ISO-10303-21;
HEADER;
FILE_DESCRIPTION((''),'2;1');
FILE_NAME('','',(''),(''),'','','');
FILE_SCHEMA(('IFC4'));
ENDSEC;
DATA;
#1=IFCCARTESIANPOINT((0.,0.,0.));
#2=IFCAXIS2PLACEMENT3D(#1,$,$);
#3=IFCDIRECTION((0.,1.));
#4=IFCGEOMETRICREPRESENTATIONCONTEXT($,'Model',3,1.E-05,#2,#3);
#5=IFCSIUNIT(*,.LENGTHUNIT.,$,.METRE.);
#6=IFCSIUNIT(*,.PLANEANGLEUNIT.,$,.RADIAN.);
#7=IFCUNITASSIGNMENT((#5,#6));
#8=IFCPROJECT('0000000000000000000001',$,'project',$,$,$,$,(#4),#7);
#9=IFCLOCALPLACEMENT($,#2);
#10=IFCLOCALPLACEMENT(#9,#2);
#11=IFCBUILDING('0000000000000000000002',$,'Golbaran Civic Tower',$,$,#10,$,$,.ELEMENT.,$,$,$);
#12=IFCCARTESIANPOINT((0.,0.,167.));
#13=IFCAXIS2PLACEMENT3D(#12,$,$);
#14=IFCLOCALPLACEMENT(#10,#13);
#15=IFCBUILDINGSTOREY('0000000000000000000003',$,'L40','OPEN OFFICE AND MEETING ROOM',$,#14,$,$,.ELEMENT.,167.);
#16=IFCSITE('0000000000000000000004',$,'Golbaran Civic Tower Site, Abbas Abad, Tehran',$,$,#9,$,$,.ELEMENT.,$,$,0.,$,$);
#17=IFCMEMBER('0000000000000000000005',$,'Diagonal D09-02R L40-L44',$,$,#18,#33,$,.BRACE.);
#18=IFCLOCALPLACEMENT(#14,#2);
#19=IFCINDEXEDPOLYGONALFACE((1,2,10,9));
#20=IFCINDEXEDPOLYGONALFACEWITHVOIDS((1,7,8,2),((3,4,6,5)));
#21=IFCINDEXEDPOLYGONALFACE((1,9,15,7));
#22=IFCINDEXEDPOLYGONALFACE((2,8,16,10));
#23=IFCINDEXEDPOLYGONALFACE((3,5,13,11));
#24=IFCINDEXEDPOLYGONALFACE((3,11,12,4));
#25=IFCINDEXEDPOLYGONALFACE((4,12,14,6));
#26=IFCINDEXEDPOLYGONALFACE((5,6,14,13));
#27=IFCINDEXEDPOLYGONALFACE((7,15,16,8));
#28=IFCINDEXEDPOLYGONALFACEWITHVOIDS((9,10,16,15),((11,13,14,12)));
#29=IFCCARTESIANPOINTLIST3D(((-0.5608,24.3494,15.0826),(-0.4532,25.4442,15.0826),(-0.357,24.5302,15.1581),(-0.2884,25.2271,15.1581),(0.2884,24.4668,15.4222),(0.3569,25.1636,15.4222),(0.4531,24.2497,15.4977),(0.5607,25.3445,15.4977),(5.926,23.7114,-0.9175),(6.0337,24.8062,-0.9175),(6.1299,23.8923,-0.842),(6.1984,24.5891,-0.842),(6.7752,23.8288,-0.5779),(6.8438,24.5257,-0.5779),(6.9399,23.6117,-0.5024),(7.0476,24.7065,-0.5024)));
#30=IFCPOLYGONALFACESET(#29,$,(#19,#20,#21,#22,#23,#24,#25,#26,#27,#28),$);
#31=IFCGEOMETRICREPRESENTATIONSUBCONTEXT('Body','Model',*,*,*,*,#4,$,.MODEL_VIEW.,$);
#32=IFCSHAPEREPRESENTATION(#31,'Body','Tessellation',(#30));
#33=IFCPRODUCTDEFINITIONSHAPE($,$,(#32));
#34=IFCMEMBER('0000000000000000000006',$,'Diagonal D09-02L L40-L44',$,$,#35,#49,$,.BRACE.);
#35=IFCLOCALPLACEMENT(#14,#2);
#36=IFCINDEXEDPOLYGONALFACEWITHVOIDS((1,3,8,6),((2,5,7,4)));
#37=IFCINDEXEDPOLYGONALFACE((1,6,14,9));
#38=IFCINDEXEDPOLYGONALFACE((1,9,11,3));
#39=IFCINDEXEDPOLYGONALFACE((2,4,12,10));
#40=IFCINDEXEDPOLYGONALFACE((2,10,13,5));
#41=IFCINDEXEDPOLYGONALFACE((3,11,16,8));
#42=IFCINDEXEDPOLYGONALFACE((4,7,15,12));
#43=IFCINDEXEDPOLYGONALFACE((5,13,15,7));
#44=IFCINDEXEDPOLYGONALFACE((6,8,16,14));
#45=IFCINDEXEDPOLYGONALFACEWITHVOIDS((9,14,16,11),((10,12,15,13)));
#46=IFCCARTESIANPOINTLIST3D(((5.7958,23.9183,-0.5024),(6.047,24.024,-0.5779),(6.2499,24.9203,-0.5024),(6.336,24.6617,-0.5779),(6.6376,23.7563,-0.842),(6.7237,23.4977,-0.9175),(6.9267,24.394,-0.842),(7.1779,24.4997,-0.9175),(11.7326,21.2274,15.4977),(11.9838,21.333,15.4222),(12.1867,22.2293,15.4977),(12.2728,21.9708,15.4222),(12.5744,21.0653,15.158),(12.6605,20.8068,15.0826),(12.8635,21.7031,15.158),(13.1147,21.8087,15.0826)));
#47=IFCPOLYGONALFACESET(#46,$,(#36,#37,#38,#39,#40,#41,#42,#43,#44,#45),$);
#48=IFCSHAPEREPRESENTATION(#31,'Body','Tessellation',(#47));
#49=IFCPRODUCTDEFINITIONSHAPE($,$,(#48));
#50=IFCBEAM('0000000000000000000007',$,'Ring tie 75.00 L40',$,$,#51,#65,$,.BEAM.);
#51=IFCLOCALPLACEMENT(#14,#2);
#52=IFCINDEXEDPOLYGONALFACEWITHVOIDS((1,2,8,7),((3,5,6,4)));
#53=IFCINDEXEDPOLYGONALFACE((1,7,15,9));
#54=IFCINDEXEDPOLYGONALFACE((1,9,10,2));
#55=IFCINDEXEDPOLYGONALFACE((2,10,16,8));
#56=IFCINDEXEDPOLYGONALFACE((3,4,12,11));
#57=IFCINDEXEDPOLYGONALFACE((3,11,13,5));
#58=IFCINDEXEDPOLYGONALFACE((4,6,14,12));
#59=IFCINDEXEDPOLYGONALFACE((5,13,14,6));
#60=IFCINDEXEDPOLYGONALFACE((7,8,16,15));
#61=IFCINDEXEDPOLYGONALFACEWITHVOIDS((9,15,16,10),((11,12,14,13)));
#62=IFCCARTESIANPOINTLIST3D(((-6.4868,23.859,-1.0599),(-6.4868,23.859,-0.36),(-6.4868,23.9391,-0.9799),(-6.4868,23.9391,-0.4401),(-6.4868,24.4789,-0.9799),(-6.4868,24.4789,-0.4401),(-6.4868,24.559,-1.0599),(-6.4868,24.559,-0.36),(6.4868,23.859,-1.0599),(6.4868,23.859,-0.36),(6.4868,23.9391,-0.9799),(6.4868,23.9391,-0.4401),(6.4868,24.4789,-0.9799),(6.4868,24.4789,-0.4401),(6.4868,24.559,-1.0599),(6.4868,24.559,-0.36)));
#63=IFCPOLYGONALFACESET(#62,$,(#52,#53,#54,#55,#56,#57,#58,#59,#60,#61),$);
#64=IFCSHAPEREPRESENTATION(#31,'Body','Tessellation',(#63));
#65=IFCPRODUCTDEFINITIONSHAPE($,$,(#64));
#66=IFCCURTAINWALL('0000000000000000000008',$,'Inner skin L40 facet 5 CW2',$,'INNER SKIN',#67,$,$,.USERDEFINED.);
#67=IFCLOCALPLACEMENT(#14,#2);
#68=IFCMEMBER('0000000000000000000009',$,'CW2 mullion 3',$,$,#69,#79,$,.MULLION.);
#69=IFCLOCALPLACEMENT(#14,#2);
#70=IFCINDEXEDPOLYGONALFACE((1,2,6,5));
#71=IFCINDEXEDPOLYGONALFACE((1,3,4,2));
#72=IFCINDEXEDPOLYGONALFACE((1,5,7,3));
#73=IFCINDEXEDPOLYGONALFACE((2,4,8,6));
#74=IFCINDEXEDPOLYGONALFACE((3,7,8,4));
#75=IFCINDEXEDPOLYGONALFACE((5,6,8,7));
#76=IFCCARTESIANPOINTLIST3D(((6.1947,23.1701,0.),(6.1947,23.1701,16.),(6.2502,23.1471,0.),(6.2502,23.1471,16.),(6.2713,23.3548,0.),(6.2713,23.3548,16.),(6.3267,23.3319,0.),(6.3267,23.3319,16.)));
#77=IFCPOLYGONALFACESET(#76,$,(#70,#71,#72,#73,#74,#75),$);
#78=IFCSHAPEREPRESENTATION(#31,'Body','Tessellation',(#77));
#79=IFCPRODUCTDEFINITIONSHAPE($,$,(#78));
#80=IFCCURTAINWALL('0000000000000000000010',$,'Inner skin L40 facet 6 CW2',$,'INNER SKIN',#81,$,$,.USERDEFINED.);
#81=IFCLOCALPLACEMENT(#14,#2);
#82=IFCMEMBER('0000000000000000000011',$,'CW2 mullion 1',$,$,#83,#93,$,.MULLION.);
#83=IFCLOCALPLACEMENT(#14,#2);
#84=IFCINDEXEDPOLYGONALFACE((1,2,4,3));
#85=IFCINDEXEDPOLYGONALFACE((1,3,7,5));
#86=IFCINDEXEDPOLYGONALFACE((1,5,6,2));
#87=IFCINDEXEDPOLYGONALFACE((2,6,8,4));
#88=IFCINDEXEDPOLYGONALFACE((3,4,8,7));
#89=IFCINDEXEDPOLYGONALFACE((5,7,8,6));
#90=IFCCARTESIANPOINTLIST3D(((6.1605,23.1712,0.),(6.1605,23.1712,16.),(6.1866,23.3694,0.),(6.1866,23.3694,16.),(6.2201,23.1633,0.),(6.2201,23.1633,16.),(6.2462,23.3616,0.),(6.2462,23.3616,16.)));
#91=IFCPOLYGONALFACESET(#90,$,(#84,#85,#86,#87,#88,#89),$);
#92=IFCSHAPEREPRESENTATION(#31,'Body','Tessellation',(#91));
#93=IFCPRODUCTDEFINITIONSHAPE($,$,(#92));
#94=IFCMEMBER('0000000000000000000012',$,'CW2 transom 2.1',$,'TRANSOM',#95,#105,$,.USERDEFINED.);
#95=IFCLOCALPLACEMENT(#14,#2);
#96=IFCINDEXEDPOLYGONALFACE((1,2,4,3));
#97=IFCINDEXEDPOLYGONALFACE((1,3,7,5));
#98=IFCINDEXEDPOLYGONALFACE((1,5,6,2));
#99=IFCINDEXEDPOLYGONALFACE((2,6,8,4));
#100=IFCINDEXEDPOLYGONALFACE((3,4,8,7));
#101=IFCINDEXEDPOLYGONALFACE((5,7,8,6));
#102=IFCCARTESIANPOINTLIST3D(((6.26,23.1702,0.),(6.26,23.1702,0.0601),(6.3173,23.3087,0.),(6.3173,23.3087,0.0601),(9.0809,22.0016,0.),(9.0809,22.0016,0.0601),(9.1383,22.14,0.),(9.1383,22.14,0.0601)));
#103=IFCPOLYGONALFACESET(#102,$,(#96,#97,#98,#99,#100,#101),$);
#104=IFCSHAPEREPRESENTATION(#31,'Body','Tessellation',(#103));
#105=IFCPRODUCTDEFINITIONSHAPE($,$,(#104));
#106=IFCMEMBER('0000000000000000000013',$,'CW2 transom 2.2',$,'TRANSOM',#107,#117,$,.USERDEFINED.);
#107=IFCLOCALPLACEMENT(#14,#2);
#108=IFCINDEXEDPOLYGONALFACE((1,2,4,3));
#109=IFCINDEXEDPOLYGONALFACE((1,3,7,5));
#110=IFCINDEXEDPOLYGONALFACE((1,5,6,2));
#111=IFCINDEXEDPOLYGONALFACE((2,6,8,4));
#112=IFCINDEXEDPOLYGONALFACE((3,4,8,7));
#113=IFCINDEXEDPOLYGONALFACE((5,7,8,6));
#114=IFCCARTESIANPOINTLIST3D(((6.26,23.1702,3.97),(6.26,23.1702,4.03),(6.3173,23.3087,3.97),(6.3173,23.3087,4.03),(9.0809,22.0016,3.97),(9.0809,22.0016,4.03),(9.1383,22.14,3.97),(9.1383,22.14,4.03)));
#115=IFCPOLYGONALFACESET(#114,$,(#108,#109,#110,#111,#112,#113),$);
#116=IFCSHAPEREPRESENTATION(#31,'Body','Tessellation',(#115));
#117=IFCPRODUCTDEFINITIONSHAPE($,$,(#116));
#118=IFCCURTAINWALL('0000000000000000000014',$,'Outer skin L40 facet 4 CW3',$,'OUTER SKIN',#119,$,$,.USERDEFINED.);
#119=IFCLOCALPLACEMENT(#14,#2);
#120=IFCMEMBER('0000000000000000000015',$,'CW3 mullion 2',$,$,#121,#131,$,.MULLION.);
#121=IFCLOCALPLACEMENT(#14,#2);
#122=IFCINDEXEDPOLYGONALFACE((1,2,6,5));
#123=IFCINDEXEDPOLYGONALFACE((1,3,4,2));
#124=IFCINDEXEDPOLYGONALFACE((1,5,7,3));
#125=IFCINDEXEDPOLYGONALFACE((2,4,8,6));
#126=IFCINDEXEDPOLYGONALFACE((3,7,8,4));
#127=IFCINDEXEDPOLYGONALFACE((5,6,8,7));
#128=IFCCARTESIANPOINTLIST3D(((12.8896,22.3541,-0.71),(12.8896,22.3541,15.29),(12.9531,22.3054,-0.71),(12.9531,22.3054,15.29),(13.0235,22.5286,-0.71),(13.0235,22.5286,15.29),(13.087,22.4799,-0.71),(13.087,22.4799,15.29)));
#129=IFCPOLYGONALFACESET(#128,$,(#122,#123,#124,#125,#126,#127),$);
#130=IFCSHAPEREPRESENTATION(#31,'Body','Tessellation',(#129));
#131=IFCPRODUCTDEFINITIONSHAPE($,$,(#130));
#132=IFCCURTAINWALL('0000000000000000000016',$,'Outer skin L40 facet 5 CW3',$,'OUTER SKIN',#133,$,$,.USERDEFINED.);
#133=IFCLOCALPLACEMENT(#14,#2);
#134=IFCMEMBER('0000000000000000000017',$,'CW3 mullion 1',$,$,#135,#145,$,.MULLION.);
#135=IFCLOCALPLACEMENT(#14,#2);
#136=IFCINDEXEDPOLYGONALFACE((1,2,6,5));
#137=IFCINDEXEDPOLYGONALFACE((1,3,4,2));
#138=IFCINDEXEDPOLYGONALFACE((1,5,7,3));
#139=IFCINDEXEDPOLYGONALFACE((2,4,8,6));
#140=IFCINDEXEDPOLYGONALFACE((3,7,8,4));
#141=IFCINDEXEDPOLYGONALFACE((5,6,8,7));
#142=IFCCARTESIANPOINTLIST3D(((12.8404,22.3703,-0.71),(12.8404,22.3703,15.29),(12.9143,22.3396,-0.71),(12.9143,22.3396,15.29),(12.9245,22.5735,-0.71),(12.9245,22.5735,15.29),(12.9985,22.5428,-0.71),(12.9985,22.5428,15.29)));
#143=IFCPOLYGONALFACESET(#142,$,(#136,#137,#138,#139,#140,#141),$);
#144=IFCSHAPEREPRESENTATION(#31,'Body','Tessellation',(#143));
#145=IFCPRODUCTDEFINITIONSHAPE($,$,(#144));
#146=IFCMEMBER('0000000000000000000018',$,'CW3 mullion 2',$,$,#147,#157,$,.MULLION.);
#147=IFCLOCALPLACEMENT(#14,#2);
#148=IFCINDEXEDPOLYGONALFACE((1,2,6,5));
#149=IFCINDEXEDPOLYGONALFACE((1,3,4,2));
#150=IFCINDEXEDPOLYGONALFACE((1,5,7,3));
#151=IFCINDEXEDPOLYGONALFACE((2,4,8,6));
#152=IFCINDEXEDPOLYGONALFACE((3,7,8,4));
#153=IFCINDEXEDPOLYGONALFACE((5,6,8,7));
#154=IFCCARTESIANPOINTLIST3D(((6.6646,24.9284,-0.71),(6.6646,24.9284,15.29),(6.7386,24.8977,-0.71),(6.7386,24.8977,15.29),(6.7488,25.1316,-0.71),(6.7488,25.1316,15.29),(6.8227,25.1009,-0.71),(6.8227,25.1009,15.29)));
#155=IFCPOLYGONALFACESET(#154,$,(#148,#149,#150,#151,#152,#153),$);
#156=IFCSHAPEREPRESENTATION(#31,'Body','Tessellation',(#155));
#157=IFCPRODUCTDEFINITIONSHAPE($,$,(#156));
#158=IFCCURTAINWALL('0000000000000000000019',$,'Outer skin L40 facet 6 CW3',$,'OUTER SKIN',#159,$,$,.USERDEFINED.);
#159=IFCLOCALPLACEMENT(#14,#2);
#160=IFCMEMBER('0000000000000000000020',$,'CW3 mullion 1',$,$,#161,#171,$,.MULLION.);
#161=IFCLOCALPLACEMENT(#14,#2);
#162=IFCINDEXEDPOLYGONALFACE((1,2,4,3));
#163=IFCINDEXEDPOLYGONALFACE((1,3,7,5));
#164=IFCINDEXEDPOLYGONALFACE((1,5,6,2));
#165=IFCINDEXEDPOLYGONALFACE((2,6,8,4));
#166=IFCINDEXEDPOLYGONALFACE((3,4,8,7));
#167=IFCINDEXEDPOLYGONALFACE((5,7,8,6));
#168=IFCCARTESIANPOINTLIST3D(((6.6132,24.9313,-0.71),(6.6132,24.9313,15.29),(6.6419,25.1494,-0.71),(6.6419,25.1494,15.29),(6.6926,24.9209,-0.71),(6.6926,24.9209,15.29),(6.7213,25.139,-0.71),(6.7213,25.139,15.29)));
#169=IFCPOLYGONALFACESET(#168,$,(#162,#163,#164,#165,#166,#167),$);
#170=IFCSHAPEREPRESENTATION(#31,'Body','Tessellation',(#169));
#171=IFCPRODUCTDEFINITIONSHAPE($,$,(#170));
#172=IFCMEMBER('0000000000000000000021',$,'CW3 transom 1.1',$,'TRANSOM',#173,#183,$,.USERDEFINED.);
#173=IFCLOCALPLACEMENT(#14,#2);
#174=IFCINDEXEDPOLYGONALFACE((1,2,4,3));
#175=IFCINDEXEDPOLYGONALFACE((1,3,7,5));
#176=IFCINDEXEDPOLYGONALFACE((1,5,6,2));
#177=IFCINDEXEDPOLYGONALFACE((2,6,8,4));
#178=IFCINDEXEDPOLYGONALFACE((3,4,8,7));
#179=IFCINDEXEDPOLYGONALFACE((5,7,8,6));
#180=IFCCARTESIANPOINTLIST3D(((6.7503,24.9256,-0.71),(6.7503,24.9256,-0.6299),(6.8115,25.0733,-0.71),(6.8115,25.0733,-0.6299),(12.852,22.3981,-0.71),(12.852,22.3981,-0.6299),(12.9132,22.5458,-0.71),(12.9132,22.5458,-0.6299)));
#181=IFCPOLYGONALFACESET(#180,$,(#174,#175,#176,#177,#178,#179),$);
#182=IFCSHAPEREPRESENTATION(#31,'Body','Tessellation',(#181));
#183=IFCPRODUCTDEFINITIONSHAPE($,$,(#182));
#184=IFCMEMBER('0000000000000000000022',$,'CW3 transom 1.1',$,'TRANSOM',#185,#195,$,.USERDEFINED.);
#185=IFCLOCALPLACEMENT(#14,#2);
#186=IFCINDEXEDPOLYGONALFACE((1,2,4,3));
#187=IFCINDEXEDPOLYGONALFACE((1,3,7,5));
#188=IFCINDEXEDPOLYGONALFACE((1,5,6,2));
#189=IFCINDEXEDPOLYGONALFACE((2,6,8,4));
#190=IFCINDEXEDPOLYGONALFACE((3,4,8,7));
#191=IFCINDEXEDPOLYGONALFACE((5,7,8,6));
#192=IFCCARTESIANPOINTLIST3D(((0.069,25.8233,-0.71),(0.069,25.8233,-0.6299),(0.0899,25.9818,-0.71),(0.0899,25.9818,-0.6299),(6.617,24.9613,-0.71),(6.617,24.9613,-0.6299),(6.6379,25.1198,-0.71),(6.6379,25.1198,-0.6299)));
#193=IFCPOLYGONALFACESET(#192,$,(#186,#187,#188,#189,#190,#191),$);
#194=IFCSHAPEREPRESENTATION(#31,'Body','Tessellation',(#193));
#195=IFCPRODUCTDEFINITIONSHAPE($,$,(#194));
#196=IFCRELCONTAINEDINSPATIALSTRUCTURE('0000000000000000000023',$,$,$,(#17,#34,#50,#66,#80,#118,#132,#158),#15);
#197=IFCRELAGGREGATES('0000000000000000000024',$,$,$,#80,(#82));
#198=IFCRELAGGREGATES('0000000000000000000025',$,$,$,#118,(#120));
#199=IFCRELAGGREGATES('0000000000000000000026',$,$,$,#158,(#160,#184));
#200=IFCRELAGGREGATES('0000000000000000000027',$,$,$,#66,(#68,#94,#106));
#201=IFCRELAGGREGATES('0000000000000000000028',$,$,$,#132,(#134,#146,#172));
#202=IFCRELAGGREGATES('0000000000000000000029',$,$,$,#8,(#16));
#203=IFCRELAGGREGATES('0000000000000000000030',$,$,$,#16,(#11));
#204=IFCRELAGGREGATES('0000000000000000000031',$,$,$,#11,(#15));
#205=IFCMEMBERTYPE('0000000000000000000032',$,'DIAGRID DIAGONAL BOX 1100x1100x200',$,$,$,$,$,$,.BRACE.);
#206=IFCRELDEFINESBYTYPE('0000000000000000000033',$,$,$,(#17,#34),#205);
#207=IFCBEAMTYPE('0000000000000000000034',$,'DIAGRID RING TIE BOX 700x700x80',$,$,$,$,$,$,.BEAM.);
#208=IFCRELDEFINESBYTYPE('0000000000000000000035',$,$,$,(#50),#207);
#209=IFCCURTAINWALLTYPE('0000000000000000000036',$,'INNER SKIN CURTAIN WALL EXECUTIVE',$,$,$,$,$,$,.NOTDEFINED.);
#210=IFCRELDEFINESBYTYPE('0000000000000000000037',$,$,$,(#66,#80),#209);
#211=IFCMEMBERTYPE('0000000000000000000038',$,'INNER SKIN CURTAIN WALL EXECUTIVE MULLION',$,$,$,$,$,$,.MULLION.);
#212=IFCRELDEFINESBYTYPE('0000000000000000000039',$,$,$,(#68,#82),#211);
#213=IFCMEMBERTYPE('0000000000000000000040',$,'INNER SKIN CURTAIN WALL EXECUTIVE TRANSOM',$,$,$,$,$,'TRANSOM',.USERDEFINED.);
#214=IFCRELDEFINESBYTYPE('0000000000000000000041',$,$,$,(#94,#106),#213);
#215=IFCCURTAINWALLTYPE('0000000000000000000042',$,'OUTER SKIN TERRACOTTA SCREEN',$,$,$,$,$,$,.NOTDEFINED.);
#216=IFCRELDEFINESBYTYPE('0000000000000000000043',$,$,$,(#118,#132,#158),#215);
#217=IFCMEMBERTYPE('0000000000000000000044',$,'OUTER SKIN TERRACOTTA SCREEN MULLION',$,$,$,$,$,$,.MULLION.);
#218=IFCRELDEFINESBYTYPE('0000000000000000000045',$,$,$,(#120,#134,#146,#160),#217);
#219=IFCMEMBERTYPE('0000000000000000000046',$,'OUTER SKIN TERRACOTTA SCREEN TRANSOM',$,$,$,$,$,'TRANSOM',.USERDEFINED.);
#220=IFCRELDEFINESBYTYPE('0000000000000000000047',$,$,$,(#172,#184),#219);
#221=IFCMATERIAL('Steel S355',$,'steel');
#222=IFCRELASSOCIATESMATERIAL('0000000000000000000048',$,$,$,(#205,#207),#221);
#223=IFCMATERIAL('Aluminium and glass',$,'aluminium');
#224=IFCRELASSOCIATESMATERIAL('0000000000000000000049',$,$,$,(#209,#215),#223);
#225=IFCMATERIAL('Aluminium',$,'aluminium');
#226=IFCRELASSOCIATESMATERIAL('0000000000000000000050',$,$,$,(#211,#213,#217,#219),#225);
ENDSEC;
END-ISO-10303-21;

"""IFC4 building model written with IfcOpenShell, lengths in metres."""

from ifc_helpers import new_model, si_unit, direction, frame, origin, origin_2d, place, context, subcontext, project, spatial, rectangle, hollow_rectangle, extrude, material, material_profile, profile_set, type_object, element, aggregate, save


model = new_model("IFC4")

# Units and contexts
model_context = context("Model", 3, precision=1e-05, world=origin(), true_north=direction((0.0, 1.0)))
body_context = subcontext(model_context, "Body", "Model", "MODEL_VIEW")
ifc_project = project(units=[si_unit("LENGTHUNIT", "METRE"), si_unit("PLANEANGLEUNIT", "RADIAN")], contexts=[model_context])

# Site, building, storey
site_placement = place(None, origin())
site = spatial("IfcSite", under=ifc_project, at=site_placement, Name="Golbaran Civic Tower Site, Abbas Abad, Tehran", CompositionType="ELEMENT", RefElevation=0.0)
building_placement = place(site_placement, origin())
building = spatial("IfcBuilding", under=site, at=building_placement, Name="Golbaran Civic Tower", CompositionType="ELEMENT")
storey_placement = place(building_placement, frame((0.0, 0.0, 167.0)))
storey = spatial("IfcBuildingStorey", under=building, at=storey_placement, Name="L40", Description="OPEN OFFICE AND MEETING ROOM", CompositionType="ELEMENT", Elevation=167.0)

# Members
ifc_material_1 = material(Name="Steel S355", Category="steel")
ifc_material_profile_1 = material_profile(ifc_material_1, hollow_rectangle(XDim=1.1001, YDim=1.1001, WallThickness=0.2, at=origin_2d()), Name="BOX 1100x1100x200")
ifc_profile_set_1 = profile_set([ifc_material_profile_1], Name="Steel S355")
member_type_1 = type_object("IfcMemberType", Name="DIAGRID DIAGONAL BOX 1100x1100x200", PredefinedType="BRACE", material=ifc_profile_set_1)
for number, where, z_axis, x_axis, name in (
    (1, (6.4868, 24.209, -0.71), (-0.375465, 0.036925, 0.926101), (-0.097872, -0.995199, 0.0), "Diagonal D09-02R L40-L44"),
    (2, (6.4868, 24.209, -0.71), (0.343627, -0.155754, 0.9261), (0.412835, 0.910806, 0.0), "Diagonal D09-02L L40-L44"),
):
    element("IfcMember", number, at=place(storey_placement, frame(where, z_axis=z_axis, x_axis=x_axis)), inside=storey, type_object=member_type_1, Name=name, PredefinedType="BRACE", context=body_context, shape_type="SweptSolid", body=[
        extrude(hollow_rectangle(XDim=1.1001, YDim=1.1001, WallThickness=0.2, at=origin_2d()), origin(), (0.0, 0.0, 1.0), 17.2769),
    ])

# Beam
ifc_material_profile_2 = material_profile(ifc_material_1, hollow_rectangle(XDim=0.7, YDim=0.7, WallThickness=0.0801, at=origin_2d()), Name="BOX 700x700x80")
ifc_profile_set_2 = profile_set([ifc_material_profile_2], Name="Steel S355")
beam_type = type_object("IfcBeamType", Name="DIAGRID RING TIE BOX 700x700x80", PredefinedType="BEAM", material=ifc_profile_set_2)
beam_placement = place(storey_placement, frame((6.4868, 24.209, -0.71), z_axis=(-1.0, 0.0, 0.0), x_axis=(0.0, -1.0, 0.0)))
element("IfcBeam", 3, at=beam_placement, inside=storey, type_object=beam_type, Name="Ring tie 75.00 L40", PredefinedType="BEAM", context=body_context, shape_type="SweptSolid", body=[
    extrude(hollow_rectangle(XDim=0.7, YDim=0.7, WallThickness=0.0801, at=origin_2d()), origin(), (0.0, 0.0, 1.0), 12.9736),
])

# Curtain walls, members
ifc_material_2 = material(Name="Aluminium and glass", Category="aluminium")
curtain_wall_type_1 = type_object("IfcCurtainWallType", Name="INNER SKIN CURTAIN WALL EXECUTIVE", PredefinedType="NOTDEFINED", material=ifc_material_2)
curtain_wall_1_placement = place(storey_placement, origin())
curtain_wall_1 = element("IfcCurtainWall", 4, at=curtain_wall_1_placement, inside=storey, type_object=curtain_wall_type_1, Name="Inner skin L40 facet 5 CW2", ObjectType="INNER SKIN", PredefinedType="USERDEFINED")
ifc_material_3 = material(Name="Aluminium", Category="aluminium")
ifc_material_profile_3 = material_profile(ifc_material_3, rectangle(XDim=0.2, YDim=0.0601, at=origin_2d()), Name="INNER SKIN CURTAIN WALL EXECUTIVE MULLION")
ifc_profile_set_3 = profile_set([ifc_material_profile_3], Name="Aluminium")
member_type_2 = type_object("IfcMemberType", Name="INNER SKIN CURTAIN WALL EXECUTIVE MULLION", PredefinedType="MULLION", material=ifc_profile_set_3)
member_1_placement = place(storey_placement, frame((6.2607, 23.251, 0.0), z_axis=(0.0, 0.0, 1.0), x_axis=(-0.382683, -0.92388, 0.0)))
member_1 = element("IfcMember", 5, at=member_1_placement, type_object=member_type_2, Name="CW2 mullion 3", PredefinedType="MULLION", context=body_context, shape_type="SweptSolid", body=[
    extrude(rectangle(XDim=0.2, YDim=0.0601, at=origin_2d()), origin(), (0.0, 0.0, 1.0), 16.0),
])
curtain_wall_2_placement = place(storey_placement, origin())
curtain_wall_2 = element("IfcCurtainWall", 6, at=curtain_wall_2_placement, inside=storey, type_object=curtain_wall_type_1, Name="Inner skin L40 facet 6 CW2", ObjectType="INNER SKIN", PredefinedType="USERDEFINED")
member_2_placement = place(storey_placement, frame((6.2034, 23.2664, 0.0), z_axis=(0.0, 0.0, 1.0), x_axis=(-0.130526, -0.991445, 0.0)))
member_2 = element("IfcMember", 7, at=member_2_placement, type_object=member_type_2, Name="CW2 mullion 1", PredefinedType="MULLION", context=body_context, shape_type="SweptSolid", body=[
    extrude(rectangle(XDim=0.2, YDim=0.0601, at=origin_2d()), origin(), (0.0, 0.0, 1.0), 16.0),
])
aggregate(curtain_wall_2, [member_2])

# Members
ifc_material_profile_4 = material_profile(ifc_material_3, rectangle(XDim=0.1499, YDim=0.0601, at=origin_2d()), Name="INNER SKIN CURTAIN WALL EXECUTIVE TRANSOM")
ifc_profile_set_4 = profile_set([ifc_material_profile_4], Name="Aluminium")
member_type_3 = type_object("IfcMemberType", Name="INNER SKIN CURTAIN WALL EXECUTIVE TRANSOM", ElementType="TRANSOM", PredefinedType="USERDEFINED", material=ifc_profile_set_4)
member_3_placement = place(storey_placement, frame((9.1096, 22.0708, 0.03), z_axis=(-0.923858, 0.382735, 0.0), x_axis=(-0.382735, -0.923858, 0.0)))
member_3 = element("IfcMember", 8, at=member_3_placement, type_object=member_type_3, Name="CW2 transom 2.1", ObjectType="TRANSOM", PredefinedType="USERDEFINED", context=body_context, shape_type="SweptSolid", body=[
    extrude(rectangle(XDim=0.1499, YDim=0.0601, at=origin_2d()), origin(), (0.0, 0.0, 1.0), 3.0535),
])
member_4_placement = place(storey_placement, frame((9.1096, 22.0708, 4.0), z_axis=(-0.923858, 0.382735, 0.0), x_axis=(-0.382735, -0.923858, 0.0)))
member_4 = element("IfcMember", 9, at=member_4_placement, type_object=member_type_3, Name="CW2 transom 2.2", ObjectType="TRANSOM", PredefinedType="USERDEFINED", context=body_context, shape_type="SweptSolid", body=[
    extrude(rectangle(XDim=0.1499, YDim=0.0601, at=origin_2d()), origin(), (0.0, 0.0, 1.0), 3.0535),
])

# Curtain wall, member
curtain_wall_type_2 = type_object("IfcCurtainWallType", Name="OUTER SKIN TERRACOTTA SCREEN", PredefinedType="NOTDEFINED", material=ifc_material_2)
curtain_wall_3_placement = place(storey_placement, origin())
curtain_wall_3 = element("IfcCurtainWall", 10, at=curtain_wall_3_placement, inside=storey, type_object=curtain_wall_type_2, Name="Outer skin L40 facet 4 CW3", ObjectType="OUTER SKIN", PredefinedType="USERDEFINED")
ifc_material_profile_5 = material_profile(ifc_material_3, rectangle(XDim=0.22, YDim=0.0801, at=origin_2d()), Name="OUTER SKIN TERRACOTTA SCREEN MULLION")
ifc_profile_set_5 = profile_set([ifc_material_profile_5], Name="Aluminium")
member_type_4 = type_object("IfcMemberType", Name="OUTER SKIN TERRACOTTA SCREEN MULLION", PredefinedType="MULLION", material=ifc_profile_set_5)
member_5_placement = place(storey_placement, frame((12.9883, 22.417, -0.71), z_axis=(0.0, 0.0, 1.0), x_axis=(-0.608761, -0.793353, 0.0)))
member_5 = element("IfcMember", 11, at=member_5_placement, type_object=member_type_4, Name="CW3 mullion 2", PredefinedType="MULLION", context=body_context, shape_type="SweptSolid", body=[
    extrude(rectangle(XDim=0.22, YDim=0.0801, at=origin_2d()), origin(), (0.0, 0.0, 1.0), 16.0),
])
aggregate(curtain_wall_3, [member_5])

# Curtain wall, members
curtain_wall_4_placement = place(storey_placement, origin())
curtain_wall_4 = element("IfcCurtainWall", 12, at=curtain_wall_4_placement, inside=storey, type_object=curtain_wall_type_2, Name="Outer skin L40 facet 5 CW3", ObjectType="OUTER SKIN", PredefinedType="USERDEFINED")
member_6_placement = place(storey_placement, frame((12.9194, 22.4565, -0.71), z_axis=(0.0, 0.0, 1.0), x_axis=(-0.382683, -0.92388, 0.0)))
member_6 = element("IfcMember", 13, at=member_6_placement, type_object=member_type_4, Name="CW3 mullion 1", PredefinedType="MULLION", context=body_context, shape_type="SweptSolid", body=[
    extrude(rectangle(XDim=0.22, YDim=0.0801, at=origin_2d()), origin(), (0.0, 0.0, 1.0), 16.0),
])
member_7_placement = place(storey_placement, frame((6.7437, 25.0146, -0.71), z_axis=(0.0, 0.0, 1.0), x_axis=(-0.382683, -0.92388, 0.0)))
member_7 = element("IfcMember", 14, at=member_7_placement, type_object=member_type_4, Name="CW3 mullion 2", PredefinedType="MULLION", context=body_context, shape_type="SweptSolid", body=[
    extrude(rectangle(XDim=0.22, YDim=0.0801, at=origin_2d()), origin(), (0.0, 0.0, 1.0), 16.0),
])

# Curtain wall, member
curtain_wall_5_placement = place(storey_placement, origin())
curtain_wall_5 = element("IfcCurtainWall", 15, at=curtain_wall_5_placement, inside=storey, type_object=curtain_wall_type_2, Name="Outer skin L40 facet 6 CW3", ObjectType="OUTER SKIN", PredefinedType="USERDEFINED")
member_8_placement = place(storey_placement, frame((6.6672, 25.0352, -0.71), z_axis=(0.0, 0.0, 1.0), x_axis=(-0.130526, -0.991445, 0.0)))
member_8 = element("IfcMember", 16, at=member_8_placement, type_object=member_type_4, Name="CW3 mullion 1", PredefinedType="MULLION", context=body_context, shape_type="SweptSolid", body=[
    extrude(rectangle(XDim=0.22, YDim=0.0801, at=origin_2d()), origin(), (0.0, 0.0, 1.0), 16.0),
])

# Members
ifc_material_profile_6 = material_profile(ifc_material_3, rectangle(XDim=0.1599, YDim=0.0801, at=origin_2d()), Name="OUTER SKIN TERRACOTTA SCREEN TRANSOM")
ifc_profile_set_6 = profile_set([ifc_material_profile_6], Name="Aluminium")
member_type_5 = type_object("IfcMemberType", Name="OUTER SKIN TERRACOTTA SCREEN TRANSOM", ElementType="TRANSOM", PredefinedType="USERDEFINED", material=ifc_profile_set_6)
member_9_placement = place(storey_placement, frame((12.8826, 22.4719, -0.6699), z_axis=(-0.923872, 0.382701, 0.0), x_axis=(-0.382701, -0.923872, 0.0)))
member_9 = element("IfcMember", 17, at=member_9_placement, type_object=member_type_5, Name="CW3 transom 1.1", ObjectType="TRANSOM", PredefinedType="USERDEFINED", context=body_context, shape_type="SweptSolid", body=[
    extrude(rectangle(XDim=0.1599, YDim=0.0801, at=origin_2d()), origin(), (0.0, 0.0, 1.0), 6.6045),
])
member_10_placement = place(storey_placement, frame((6.6274, 25.0405, -0.6699), z_axis=(-0.991445, 0.130524, 0.0), x_axis=(-0.130524, -0.991445, 0.0)))
member_10 = element("IfcMember", 18, at=member_10_placement, type_object=member_type_5, Name="CW3 transom 1.1", ObjectType="TRANSOM", PredefinedType="USERDEFINED", context=body_context, shape_type="SweptSolid", body=[
    extrude(rectangle(XDim=0.1599, YDim=0.0801, at=origin_2d()), origin(), (0.0, 0.0, 1.0), 6.6045),
])
aggregate(curtain_wall_5, [member_8, member_10])

aggregate(curtain_wall_1, [member_1, member_3, member_4])
aggregate(curtain_wall_4, [member_6, member_7, member_9])

save(model, "model.ifc")
